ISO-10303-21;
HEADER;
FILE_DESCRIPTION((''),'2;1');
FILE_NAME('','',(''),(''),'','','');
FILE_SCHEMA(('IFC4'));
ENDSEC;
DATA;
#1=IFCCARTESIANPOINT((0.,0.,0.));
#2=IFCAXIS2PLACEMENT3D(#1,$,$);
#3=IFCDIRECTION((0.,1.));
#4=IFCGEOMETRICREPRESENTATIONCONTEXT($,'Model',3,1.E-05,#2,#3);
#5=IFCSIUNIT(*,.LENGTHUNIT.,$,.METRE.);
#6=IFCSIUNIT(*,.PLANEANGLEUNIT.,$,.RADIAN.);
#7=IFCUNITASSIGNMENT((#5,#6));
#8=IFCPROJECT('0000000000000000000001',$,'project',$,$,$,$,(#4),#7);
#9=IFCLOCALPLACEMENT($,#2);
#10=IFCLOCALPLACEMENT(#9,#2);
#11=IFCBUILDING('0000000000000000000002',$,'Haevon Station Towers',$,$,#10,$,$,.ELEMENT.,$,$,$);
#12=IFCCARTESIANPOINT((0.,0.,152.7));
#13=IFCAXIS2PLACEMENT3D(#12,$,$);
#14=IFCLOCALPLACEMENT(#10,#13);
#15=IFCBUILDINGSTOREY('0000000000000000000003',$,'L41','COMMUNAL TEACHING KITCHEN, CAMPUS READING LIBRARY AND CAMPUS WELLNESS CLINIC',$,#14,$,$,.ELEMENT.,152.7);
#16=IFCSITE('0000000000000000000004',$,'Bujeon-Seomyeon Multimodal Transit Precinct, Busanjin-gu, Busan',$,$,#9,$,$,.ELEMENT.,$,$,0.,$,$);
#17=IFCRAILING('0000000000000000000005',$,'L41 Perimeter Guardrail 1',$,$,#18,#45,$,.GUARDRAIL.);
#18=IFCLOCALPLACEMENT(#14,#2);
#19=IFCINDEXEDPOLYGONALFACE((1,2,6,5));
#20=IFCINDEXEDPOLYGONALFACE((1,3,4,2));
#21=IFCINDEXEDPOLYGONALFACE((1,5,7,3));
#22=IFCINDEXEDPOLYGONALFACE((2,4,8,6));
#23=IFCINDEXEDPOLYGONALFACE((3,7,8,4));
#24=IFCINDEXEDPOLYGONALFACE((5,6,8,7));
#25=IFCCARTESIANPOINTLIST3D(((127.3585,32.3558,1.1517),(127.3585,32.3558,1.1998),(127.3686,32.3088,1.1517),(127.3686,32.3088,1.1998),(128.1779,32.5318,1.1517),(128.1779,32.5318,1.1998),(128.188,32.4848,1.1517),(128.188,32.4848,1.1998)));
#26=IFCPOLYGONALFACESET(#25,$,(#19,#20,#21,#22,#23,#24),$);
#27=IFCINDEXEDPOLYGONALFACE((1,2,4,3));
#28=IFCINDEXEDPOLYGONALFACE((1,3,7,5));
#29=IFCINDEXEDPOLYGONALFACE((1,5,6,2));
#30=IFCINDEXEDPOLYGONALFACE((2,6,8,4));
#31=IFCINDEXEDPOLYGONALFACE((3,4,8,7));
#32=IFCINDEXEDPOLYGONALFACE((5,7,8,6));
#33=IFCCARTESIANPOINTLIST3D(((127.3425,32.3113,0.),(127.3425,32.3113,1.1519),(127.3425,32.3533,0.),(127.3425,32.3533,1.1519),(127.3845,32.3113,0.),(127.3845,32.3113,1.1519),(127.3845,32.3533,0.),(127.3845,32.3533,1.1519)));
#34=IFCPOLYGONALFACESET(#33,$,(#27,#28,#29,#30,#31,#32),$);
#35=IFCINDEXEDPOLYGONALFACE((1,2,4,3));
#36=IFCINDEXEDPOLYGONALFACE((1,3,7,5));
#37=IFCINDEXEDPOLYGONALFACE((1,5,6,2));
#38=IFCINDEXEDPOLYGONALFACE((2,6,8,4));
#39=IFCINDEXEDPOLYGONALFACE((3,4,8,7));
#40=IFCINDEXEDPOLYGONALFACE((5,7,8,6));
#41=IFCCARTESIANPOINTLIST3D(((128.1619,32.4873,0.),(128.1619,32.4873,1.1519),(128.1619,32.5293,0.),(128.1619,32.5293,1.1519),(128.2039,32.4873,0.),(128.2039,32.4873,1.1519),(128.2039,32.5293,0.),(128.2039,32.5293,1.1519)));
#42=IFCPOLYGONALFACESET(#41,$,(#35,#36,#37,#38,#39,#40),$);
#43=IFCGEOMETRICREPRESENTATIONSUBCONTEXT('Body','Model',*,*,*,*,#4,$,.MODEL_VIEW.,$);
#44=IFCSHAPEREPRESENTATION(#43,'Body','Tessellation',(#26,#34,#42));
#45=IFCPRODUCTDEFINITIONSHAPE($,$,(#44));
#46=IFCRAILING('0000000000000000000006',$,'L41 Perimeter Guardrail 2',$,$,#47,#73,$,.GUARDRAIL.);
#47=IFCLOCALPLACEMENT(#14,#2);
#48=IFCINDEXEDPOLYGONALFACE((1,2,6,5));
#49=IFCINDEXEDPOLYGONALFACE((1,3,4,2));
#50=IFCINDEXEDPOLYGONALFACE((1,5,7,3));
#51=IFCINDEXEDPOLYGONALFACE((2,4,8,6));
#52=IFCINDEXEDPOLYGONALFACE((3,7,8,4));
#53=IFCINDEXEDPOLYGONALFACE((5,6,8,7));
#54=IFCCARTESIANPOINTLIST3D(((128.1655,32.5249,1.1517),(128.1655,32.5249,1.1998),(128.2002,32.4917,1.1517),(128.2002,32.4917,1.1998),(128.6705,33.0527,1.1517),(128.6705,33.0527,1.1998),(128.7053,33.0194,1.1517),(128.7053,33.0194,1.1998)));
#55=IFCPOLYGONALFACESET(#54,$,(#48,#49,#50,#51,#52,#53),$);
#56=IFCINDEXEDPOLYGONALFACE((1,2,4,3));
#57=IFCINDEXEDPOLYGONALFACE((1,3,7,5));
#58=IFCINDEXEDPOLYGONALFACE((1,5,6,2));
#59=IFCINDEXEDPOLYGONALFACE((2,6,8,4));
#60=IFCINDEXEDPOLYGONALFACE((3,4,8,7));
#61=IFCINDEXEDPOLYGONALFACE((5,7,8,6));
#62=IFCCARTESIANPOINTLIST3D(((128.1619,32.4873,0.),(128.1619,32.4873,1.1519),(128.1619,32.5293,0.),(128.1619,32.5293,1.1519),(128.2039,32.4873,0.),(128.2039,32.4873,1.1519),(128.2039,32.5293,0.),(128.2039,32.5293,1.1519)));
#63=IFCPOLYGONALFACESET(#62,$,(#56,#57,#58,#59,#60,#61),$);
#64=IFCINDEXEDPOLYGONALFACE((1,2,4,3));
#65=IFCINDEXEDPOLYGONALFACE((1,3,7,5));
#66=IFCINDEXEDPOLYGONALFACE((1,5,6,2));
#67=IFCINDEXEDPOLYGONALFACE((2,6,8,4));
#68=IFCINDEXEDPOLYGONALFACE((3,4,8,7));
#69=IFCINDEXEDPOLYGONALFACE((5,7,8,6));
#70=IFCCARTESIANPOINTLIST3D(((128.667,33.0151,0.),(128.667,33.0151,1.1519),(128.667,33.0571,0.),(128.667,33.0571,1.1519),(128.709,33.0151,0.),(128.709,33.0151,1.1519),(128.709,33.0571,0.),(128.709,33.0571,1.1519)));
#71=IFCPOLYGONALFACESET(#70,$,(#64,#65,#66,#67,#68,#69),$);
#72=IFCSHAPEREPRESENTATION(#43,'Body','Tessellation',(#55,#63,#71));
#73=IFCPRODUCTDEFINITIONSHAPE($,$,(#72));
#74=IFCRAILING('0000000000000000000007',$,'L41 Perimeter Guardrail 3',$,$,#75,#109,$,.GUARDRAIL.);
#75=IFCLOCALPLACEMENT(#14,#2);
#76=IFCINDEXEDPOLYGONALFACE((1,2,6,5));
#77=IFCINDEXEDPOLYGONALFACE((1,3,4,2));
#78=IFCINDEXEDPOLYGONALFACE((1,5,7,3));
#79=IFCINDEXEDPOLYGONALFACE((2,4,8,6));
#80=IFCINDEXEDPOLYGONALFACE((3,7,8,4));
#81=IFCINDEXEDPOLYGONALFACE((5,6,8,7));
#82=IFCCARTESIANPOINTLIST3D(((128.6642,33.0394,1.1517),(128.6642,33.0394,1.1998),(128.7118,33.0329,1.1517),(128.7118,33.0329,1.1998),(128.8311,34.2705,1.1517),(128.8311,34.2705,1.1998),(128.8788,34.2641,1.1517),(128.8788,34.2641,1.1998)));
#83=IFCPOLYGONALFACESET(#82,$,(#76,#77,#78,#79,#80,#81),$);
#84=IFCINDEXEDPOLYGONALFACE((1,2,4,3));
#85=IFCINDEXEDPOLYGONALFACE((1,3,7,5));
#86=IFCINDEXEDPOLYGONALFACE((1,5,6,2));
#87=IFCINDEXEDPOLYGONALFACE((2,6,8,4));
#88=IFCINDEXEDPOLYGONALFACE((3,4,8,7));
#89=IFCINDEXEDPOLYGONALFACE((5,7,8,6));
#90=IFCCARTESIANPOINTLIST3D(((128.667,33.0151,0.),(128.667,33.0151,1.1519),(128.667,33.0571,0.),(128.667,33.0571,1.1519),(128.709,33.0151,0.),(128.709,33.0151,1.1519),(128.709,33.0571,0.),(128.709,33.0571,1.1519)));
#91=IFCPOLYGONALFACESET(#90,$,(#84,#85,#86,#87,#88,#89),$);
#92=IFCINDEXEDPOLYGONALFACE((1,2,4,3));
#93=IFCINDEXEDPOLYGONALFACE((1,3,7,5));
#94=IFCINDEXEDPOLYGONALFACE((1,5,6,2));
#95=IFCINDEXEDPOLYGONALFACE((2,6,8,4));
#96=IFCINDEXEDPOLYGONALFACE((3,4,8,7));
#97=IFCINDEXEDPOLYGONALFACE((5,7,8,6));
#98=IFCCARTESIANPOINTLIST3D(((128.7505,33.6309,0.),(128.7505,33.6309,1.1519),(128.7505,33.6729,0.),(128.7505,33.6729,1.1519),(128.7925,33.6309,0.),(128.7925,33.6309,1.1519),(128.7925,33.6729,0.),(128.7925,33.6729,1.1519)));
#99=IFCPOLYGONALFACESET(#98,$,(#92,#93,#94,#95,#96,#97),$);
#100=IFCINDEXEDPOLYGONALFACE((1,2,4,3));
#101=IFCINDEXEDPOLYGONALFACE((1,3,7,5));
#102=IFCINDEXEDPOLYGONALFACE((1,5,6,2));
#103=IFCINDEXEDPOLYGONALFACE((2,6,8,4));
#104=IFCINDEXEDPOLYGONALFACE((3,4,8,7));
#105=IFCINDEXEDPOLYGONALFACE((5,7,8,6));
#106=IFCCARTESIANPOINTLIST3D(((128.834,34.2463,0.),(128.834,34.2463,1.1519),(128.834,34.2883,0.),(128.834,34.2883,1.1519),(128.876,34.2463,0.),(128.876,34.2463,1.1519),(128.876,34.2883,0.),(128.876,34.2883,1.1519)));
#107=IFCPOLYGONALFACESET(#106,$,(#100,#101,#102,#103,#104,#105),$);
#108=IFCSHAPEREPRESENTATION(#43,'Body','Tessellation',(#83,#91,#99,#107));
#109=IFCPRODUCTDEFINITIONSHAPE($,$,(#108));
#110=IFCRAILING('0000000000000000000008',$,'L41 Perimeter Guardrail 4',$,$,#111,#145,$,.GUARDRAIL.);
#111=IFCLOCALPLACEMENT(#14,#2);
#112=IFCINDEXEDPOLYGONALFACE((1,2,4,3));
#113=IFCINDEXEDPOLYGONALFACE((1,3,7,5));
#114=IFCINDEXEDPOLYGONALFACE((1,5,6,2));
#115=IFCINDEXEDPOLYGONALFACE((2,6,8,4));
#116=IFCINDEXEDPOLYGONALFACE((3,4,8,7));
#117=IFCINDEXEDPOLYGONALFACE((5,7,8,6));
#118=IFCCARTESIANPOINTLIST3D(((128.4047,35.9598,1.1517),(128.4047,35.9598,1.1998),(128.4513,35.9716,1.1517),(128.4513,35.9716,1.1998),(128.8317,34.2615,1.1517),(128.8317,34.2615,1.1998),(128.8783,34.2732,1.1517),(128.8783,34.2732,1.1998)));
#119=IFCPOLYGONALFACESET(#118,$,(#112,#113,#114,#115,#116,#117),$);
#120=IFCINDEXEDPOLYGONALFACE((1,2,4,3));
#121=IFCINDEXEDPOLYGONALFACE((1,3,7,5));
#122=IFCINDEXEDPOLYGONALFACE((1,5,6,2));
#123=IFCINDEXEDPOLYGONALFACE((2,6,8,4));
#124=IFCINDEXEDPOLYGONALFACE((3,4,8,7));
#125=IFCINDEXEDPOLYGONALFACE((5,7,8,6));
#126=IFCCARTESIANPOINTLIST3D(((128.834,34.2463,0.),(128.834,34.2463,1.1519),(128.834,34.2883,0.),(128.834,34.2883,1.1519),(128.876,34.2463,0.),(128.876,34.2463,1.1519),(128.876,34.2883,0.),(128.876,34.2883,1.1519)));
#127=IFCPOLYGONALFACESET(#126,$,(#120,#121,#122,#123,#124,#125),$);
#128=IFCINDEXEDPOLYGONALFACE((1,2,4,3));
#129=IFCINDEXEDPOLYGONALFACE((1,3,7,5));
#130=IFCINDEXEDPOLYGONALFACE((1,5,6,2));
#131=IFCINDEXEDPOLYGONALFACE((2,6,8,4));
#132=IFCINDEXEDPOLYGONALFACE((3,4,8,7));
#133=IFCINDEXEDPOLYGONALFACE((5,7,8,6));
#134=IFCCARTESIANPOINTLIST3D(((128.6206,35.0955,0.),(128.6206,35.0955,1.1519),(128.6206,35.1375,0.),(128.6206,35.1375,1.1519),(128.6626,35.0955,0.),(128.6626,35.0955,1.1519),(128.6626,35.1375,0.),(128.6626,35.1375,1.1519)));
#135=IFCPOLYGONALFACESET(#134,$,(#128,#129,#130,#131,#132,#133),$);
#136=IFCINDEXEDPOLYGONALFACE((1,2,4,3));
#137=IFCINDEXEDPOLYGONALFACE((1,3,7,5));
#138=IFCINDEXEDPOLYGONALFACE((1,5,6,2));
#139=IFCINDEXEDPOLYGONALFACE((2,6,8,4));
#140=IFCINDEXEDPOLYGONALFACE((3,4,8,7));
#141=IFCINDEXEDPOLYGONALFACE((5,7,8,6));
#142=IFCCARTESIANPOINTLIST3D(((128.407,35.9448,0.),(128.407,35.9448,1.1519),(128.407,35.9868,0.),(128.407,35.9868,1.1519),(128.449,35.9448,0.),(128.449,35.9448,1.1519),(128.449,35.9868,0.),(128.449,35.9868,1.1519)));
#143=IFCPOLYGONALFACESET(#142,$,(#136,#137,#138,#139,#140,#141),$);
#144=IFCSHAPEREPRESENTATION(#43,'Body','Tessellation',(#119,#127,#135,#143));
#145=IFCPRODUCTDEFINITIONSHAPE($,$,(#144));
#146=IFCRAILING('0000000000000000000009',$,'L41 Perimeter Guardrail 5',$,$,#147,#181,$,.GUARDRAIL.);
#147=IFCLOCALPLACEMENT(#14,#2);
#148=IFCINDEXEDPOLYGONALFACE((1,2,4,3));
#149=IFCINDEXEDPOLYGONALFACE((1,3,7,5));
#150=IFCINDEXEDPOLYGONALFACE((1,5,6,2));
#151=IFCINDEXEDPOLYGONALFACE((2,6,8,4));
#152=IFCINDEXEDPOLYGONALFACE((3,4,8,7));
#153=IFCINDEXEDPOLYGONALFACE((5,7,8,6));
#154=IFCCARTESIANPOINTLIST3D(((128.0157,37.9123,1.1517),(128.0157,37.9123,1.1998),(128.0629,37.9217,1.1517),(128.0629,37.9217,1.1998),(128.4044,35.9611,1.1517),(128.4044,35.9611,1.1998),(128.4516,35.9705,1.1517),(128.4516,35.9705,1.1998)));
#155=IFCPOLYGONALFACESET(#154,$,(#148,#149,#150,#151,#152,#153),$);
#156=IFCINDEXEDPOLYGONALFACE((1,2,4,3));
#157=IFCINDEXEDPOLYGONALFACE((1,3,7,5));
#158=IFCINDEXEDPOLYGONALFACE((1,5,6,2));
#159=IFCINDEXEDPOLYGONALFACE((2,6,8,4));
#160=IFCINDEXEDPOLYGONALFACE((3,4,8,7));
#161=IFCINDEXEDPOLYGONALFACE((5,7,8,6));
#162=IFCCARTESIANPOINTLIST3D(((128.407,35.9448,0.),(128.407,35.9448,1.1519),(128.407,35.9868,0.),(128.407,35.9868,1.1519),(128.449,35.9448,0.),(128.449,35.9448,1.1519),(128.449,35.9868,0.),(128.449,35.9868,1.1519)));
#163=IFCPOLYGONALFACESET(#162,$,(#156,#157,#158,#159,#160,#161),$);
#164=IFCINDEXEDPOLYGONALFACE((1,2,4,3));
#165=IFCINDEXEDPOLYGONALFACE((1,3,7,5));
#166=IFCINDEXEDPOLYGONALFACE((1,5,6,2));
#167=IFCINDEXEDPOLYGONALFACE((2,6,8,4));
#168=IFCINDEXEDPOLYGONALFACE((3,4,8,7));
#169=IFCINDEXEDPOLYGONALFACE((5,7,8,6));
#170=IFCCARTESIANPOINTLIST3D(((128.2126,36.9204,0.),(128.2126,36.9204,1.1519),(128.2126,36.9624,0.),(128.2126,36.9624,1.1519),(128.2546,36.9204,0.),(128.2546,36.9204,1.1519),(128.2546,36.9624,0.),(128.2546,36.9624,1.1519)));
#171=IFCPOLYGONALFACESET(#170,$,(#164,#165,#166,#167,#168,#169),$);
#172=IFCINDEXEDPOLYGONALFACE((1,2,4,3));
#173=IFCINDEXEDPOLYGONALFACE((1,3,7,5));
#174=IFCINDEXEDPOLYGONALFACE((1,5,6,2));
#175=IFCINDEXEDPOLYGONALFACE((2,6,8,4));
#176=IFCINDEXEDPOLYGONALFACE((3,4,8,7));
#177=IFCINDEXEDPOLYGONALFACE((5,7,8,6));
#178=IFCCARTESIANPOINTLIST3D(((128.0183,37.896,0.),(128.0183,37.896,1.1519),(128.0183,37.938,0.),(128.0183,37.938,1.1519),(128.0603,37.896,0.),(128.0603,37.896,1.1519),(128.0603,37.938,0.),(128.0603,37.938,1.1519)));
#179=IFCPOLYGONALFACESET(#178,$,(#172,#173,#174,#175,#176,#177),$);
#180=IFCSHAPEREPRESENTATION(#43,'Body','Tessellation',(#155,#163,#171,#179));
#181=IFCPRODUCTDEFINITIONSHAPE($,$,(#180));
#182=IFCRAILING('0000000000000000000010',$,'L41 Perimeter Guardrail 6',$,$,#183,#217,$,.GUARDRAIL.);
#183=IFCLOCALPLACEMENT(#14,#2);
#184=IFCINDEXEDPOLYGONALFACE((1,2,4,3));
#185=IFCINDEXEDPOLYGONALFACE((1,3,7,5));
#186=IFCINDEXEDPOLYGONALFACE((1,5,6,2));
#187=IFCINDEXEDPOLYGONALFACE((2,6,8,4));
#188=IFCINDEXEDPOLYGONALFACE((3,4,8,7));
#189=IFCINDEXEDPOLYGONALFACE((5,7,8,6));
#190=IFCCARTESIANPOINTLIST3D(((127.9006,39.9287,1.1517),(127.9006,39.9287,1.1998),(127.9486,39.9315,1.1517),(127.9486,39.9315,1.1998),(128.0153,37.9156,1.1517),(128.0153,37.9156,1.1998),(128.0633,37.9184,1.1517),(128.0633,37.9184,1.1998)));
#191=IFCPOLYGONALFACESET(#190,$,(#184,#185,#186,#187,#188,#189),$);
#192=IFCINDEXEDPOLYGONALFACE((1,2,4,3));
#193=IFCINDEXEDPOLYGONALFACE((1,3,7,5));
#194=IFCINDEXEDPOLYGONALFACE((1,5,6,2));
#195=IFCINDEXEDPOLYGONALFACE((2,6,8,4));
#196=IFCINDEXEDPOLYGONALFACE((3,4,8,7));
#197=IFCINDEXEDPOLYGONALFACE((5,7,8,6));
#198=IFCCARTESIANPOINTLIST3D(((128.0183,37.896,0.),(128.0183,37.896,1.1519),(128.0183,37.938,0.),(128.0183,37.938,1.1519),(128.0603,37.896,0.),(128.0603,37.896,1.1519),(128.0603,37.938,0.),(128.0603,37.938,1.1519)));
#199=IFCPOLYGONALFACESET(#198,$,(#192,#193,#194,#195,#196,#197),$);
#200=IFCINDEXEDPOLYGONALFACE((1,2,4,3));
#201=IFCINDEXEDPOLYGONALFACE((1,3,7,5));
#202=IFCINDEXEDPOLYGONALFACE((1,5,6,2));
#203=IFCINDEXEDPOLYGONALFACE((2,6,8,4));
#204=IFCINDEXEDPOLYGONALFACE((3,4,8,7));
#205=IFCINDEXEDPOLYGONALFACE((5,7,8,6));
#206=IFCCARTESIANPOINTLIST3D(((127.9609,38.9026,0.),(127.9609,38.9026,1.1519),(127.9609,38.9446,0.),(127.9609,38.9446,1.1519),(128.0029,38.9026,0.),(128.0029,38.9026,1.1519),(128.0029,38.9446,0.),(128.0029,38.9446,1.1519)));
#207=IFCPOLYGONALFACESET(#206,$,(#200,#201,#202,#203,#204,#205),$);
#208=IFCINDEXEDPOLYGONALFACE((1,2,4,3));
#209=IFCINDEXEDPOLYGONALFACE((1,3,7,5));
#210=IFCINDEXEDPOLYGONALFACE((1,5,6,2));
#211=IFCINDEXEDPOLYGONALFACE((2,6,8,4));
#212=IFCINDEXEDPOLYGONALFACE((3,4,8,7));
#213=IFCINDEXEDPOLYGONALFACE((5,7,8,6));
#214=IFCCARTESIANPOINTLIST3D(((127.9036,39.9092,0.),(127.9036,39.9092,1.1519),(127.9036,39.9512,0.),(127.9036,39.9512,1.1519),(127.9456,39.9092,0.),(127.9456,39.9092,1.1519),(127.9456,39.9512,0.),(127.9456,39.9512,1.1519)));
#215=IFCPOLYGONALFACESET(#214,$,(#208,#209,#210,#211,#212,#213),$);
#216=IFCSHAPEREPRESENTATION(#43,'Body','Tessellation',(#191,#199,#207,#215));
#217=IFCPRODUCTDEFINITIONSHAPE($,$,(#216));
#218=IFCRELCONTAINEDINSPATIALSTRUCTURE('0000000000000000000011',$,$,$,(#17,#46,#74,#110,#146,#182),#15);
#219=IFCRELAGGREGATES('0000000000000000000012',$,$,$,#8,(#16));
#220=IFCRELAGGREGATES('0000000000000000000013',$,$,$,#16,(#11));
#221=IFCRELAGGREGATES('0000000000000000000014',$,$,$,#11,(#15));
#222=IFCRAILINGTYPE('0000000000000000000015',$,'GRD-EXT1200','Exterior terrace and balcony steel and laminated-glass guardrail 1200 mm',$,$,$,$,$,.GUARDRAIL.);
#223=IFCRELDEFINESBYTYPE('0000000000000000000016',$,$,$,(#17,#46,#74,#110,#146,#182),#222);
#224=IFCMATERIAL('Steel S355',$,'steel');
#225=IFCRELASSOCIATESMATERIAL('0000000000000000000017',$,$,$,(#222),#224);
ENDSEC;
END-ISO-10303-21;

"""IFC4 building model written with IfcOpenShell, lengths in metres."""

from ifc_helpers import new_model, si_unit, direction, frame, origin, origin_2d, place, context, subcontext, project, spatial, rectangle, extrude, material, type_object, element, save


model = new_model("IFC4")

# Units and contexts
model_context = context("Model", 3, precision=1e-05, world=origin(), true_north=direction((0.0, 1.0)))
body_context = subcontext(model_context, "Body", "Model", "MODEL_VIEW")
ifc_project = project(units=[si_unit("LENGTHUNIT", "METRE"), si_unit("PLANEANGLEUNIT", "RADIAN")], contexts=[model_context])

# Site, building, storey
site_placement = place(None, origin())
site = spatial("IfcSite", under=ifc_project, at=site_placement, Name="Bujeon-Seomyeon Multimodal Transit Precinct, Busanjin-gu, Busan", CompositionType="ELEMENT", RefElevation=0.0)
building_placement = place(site_placement, origin())
building = spatial("IfcBuilding", under=site, at=building_placement, Name="Haevon Station Towers", CompositionType="ELEMENT")
storey_placement = place(building_placement, frame((0.0, 0.0, 152.7)))
storey = spatial("IfcBuildingStorey", under=building, at=storey_placement, Name="L41", Description="COMMUNAL TEACHING KITCHEN, CAMPUS READING LIBRARY AND CAMPUS WELLNESS CLINIC", CompositionType="ELEMENT", Elevation=152.7)

# Shared definitions
ifc_material_1 = material(Name="Steel S355", Category="steel")

# Railings
railing_type = type_object("IfcRailingType", Name="GRD-EXT1200", Description="Exterior terrace and balcony steel and laminated-glass guardrail 1200 mm", PredefinedType="GUARDRAIL", material=ifc_material_1)
railing_1_placement = place(storey_placement, frame((127.3635, 32.3323, 0.0)))
element("IfcRailing", 1, at=railing_1_placement, inside=storey, type_object=railing_type, Name="L41 Perimeter Guardrail 1", PredefinedType="GUARDRAIL", context=body_context, shape_type="SweptSolid", body=[
    extrude(rectangle(XDim=0.0481, YDim=0.0481, at=origin_2d()), frame((0.0, 0.0, 1.1758), z_axis=(0.977691, 0.210046, 0.0), x_axis=(-0.210046, 0.977691, 0.0)), (0.0, 0.0, 1.0), 0.8381),
    extrude(rectangle(XDim=0.042, YDim=0.042, at=origin_2d()), origin(), (0.0, 0.0, 1.0), 1.1519),
    extrude(rectangle(XDim=0.042, YDim=0.042, at=origin_2d()), frame((0.8193, 0.176, 0.0)), (0.0, 0.0, 1.0), 1.1519),
])
railing_2_placement = place(storey_placement, frame((128.1829, 32.5083, 0.0)))
element("IfcRailing", 2, at=railing_2_placement, inside=storey, type_object=railing_type, Name="L41 Perimeter Guardrail 2", PredefinedType="GUARDRAIL", context=body_context, shape_type="SweptSolid", body=[
    extrude(rectangle(XDim=0.0481, YDim=0.0481, at=origin_2d()), frame((0.0, 0.0, 1.1758), z_axis=(0.691397, 0.722475, 0.0), x_axis=(-0.722475, 0.691397, 0.0)), (0.0, 0.0, 1.0), 0.7305),
    extrude(rectangle(XDim=0.042, YDim=0.042, at=origin_2d()), origin(), (0.0, 0.0, 1.0), 1.1519),
    extrude(rectangle(XDim=0.042, YDim=0.042, at=origin_2d()), frame((0.5051, 0.5278, 0.0)), (0.0, 0.0, 1.0), 1.1519),
])
railing_3_placement = place(storey_placement, frame((128.688, 33.0361, 0.0)))
element("IfcRailing", 3, at=railing_3_placement, inside=storey, type_object=railing_type, Name="L41 Perimeter Guardrail 3", PredefinedType="GUARDRAIL", context=body_context, shape_type="SweptSolid", body=[
    extrude(rectangle(XDim=0.0481, YDim=0.0481, at=origin_2d()), frame((0.0, 0.0, 1.1758), z_axis=(0.134403, 0.990927, 0.0), x_axis=(-0.990927, 0.134403, 0.0)), (0.0, 0.0, 1.0), 1.2424),
    extrude(rectangle(XDim=0.042, YDim=0.042, at=origin_2d()), origin(), (0.0, 0.0, 1.0), 1.1519),
    extrude(rectangle(XDim=0.042, YDim=0.042, at=origin_2d()), frame((0.0835, 0.6157, 0.0)), (0.0, 0.0, 1.0), 1.1519),
    extrude(rectangle(XDim=0.042, YDim=0.042, at=origin_2d()), frame((0.167, 1.2312, 0.0)), (0.0, 0.0, 1.0), 1.1519),
])
railing_4_placement = place(storey_placement, frame((128.855, 34.2673, 0.0)))
element("IfcRailing", 4, at=railing_4_placement, inside=storey, type_object=railing_type, Name="L41 Perimeter Guardrail 4", PredefinedType="GUARDRAIL", context=body_context, shape_type="SweptSolid", body=[
    extrude(rectangle(XDim=0.0481, YDim=0.0481, at=origin_2d()), frame((0.0, 0.0, 1.1758), z_axis=(-0.243815, 0.969822, 0.0), x_axis=(-0.969822, -0.243815, 0.0)), (0.0, 0.0, 1.0), 1.7512),
    extrude(rectangle(XDim=0.042, YDim=0.042, at=origin_2d()), origin(), (0.0, 0.0, 1.0), 1.1519),
    extrude(rectangle(XDim=0.042, YDim=0.042, at=origin_2d()), frame((-0.2134, 0.8491, 0.0)), (0.0, 0.0, 1.0), 1.1519),
    extrude(rectangle(XDim=0.042, YDim=0.042, at=origin_2d()), frame((-0.427, 1.6985, 0.0)), (0.0, 0.0, 1.0), 1.1519),
])
railing_5_placement = place(storey_placement, frame((128.428, 35.9658, 0.0)))
element("IfcRailing", 5, at=railing_5_placement, inside=storey, type_object=railing_type, Name="L41 Perimeter Guardrail 5", PredefinedType="GUARDRAIL", context=body_context, shape_type="SweptSolid", body=[
    extrude(rectangle(XDim=0.0481, YDim=0.0481, at=origin_2d()), frame((0.0, 0.0, 1.1758), z_axis=(-0.195361, 0.980731, 0.0), x_axis=(-0.980731, -0.195361, 0.0)), (0.0, 0.0, 1.0), 1.9895),
    extrude(rectangle(XDim=0.042, YDim=0.042, at=origin_2d()), origin(), (0.0, 0.0, 1.0), 1.1519),
    extrude(rectangle(XDim=0.042, YDim=0.042, at=origin_2d()), frame((-0.1943, 0.9756, 0.0)), (0.0, 0.0, 1.0), 1.1519),
    extrude(rectangle(XDim=0.042, YDim=0.042, at=origin_2d()), frame((-0.3887, 1.9512, 0.0)), (0.0, 0.0, 1.0), 1.1519),
])
railing_6_placement = place(storey_placement, frame((128.0393, 37.917, 0.0)))
element("IfcRailing", 6, at=railing_6_placement, inside=storey, type_object=railing_type, Name="L41 Perimeter Guardrail 6", PredefinedType="GUARDRAIL", context=body_context, shape_type="SweptSolid", body=[
    extrude(rectangle(XDim=0.0481, YDim=0.0481, at=origin_2d()), frame((0.0, 0.0, 1.1758), z_axis=(-0.056905, 0.99838, 0.0), x_axis=(-0.99838, -0.056905, 0.0)), (0.0, 0.0, 1.0), 2.0164),
    extrude(rectangle(XDim=0.042, YDim=0.042, at=origin_2d()), origin(), (0.0, 0.0, 1.0), 1.1519),
    extrude(rectangle(XDim=0.042, YDim=0.042, at=origin_2d()), frame((-0.0574, 1.0066, 0.0)), (0.0, 0.0, 1.0), 1.1519),
    extrude(rectangle(XDim=0.042, YDim=0.042, at=origin_2d()), frame((-0.1147, 2.0132, 0.0)), (0.0, 0.0, 1.0), 1.1519),
])

save(model, "model.ifc")
